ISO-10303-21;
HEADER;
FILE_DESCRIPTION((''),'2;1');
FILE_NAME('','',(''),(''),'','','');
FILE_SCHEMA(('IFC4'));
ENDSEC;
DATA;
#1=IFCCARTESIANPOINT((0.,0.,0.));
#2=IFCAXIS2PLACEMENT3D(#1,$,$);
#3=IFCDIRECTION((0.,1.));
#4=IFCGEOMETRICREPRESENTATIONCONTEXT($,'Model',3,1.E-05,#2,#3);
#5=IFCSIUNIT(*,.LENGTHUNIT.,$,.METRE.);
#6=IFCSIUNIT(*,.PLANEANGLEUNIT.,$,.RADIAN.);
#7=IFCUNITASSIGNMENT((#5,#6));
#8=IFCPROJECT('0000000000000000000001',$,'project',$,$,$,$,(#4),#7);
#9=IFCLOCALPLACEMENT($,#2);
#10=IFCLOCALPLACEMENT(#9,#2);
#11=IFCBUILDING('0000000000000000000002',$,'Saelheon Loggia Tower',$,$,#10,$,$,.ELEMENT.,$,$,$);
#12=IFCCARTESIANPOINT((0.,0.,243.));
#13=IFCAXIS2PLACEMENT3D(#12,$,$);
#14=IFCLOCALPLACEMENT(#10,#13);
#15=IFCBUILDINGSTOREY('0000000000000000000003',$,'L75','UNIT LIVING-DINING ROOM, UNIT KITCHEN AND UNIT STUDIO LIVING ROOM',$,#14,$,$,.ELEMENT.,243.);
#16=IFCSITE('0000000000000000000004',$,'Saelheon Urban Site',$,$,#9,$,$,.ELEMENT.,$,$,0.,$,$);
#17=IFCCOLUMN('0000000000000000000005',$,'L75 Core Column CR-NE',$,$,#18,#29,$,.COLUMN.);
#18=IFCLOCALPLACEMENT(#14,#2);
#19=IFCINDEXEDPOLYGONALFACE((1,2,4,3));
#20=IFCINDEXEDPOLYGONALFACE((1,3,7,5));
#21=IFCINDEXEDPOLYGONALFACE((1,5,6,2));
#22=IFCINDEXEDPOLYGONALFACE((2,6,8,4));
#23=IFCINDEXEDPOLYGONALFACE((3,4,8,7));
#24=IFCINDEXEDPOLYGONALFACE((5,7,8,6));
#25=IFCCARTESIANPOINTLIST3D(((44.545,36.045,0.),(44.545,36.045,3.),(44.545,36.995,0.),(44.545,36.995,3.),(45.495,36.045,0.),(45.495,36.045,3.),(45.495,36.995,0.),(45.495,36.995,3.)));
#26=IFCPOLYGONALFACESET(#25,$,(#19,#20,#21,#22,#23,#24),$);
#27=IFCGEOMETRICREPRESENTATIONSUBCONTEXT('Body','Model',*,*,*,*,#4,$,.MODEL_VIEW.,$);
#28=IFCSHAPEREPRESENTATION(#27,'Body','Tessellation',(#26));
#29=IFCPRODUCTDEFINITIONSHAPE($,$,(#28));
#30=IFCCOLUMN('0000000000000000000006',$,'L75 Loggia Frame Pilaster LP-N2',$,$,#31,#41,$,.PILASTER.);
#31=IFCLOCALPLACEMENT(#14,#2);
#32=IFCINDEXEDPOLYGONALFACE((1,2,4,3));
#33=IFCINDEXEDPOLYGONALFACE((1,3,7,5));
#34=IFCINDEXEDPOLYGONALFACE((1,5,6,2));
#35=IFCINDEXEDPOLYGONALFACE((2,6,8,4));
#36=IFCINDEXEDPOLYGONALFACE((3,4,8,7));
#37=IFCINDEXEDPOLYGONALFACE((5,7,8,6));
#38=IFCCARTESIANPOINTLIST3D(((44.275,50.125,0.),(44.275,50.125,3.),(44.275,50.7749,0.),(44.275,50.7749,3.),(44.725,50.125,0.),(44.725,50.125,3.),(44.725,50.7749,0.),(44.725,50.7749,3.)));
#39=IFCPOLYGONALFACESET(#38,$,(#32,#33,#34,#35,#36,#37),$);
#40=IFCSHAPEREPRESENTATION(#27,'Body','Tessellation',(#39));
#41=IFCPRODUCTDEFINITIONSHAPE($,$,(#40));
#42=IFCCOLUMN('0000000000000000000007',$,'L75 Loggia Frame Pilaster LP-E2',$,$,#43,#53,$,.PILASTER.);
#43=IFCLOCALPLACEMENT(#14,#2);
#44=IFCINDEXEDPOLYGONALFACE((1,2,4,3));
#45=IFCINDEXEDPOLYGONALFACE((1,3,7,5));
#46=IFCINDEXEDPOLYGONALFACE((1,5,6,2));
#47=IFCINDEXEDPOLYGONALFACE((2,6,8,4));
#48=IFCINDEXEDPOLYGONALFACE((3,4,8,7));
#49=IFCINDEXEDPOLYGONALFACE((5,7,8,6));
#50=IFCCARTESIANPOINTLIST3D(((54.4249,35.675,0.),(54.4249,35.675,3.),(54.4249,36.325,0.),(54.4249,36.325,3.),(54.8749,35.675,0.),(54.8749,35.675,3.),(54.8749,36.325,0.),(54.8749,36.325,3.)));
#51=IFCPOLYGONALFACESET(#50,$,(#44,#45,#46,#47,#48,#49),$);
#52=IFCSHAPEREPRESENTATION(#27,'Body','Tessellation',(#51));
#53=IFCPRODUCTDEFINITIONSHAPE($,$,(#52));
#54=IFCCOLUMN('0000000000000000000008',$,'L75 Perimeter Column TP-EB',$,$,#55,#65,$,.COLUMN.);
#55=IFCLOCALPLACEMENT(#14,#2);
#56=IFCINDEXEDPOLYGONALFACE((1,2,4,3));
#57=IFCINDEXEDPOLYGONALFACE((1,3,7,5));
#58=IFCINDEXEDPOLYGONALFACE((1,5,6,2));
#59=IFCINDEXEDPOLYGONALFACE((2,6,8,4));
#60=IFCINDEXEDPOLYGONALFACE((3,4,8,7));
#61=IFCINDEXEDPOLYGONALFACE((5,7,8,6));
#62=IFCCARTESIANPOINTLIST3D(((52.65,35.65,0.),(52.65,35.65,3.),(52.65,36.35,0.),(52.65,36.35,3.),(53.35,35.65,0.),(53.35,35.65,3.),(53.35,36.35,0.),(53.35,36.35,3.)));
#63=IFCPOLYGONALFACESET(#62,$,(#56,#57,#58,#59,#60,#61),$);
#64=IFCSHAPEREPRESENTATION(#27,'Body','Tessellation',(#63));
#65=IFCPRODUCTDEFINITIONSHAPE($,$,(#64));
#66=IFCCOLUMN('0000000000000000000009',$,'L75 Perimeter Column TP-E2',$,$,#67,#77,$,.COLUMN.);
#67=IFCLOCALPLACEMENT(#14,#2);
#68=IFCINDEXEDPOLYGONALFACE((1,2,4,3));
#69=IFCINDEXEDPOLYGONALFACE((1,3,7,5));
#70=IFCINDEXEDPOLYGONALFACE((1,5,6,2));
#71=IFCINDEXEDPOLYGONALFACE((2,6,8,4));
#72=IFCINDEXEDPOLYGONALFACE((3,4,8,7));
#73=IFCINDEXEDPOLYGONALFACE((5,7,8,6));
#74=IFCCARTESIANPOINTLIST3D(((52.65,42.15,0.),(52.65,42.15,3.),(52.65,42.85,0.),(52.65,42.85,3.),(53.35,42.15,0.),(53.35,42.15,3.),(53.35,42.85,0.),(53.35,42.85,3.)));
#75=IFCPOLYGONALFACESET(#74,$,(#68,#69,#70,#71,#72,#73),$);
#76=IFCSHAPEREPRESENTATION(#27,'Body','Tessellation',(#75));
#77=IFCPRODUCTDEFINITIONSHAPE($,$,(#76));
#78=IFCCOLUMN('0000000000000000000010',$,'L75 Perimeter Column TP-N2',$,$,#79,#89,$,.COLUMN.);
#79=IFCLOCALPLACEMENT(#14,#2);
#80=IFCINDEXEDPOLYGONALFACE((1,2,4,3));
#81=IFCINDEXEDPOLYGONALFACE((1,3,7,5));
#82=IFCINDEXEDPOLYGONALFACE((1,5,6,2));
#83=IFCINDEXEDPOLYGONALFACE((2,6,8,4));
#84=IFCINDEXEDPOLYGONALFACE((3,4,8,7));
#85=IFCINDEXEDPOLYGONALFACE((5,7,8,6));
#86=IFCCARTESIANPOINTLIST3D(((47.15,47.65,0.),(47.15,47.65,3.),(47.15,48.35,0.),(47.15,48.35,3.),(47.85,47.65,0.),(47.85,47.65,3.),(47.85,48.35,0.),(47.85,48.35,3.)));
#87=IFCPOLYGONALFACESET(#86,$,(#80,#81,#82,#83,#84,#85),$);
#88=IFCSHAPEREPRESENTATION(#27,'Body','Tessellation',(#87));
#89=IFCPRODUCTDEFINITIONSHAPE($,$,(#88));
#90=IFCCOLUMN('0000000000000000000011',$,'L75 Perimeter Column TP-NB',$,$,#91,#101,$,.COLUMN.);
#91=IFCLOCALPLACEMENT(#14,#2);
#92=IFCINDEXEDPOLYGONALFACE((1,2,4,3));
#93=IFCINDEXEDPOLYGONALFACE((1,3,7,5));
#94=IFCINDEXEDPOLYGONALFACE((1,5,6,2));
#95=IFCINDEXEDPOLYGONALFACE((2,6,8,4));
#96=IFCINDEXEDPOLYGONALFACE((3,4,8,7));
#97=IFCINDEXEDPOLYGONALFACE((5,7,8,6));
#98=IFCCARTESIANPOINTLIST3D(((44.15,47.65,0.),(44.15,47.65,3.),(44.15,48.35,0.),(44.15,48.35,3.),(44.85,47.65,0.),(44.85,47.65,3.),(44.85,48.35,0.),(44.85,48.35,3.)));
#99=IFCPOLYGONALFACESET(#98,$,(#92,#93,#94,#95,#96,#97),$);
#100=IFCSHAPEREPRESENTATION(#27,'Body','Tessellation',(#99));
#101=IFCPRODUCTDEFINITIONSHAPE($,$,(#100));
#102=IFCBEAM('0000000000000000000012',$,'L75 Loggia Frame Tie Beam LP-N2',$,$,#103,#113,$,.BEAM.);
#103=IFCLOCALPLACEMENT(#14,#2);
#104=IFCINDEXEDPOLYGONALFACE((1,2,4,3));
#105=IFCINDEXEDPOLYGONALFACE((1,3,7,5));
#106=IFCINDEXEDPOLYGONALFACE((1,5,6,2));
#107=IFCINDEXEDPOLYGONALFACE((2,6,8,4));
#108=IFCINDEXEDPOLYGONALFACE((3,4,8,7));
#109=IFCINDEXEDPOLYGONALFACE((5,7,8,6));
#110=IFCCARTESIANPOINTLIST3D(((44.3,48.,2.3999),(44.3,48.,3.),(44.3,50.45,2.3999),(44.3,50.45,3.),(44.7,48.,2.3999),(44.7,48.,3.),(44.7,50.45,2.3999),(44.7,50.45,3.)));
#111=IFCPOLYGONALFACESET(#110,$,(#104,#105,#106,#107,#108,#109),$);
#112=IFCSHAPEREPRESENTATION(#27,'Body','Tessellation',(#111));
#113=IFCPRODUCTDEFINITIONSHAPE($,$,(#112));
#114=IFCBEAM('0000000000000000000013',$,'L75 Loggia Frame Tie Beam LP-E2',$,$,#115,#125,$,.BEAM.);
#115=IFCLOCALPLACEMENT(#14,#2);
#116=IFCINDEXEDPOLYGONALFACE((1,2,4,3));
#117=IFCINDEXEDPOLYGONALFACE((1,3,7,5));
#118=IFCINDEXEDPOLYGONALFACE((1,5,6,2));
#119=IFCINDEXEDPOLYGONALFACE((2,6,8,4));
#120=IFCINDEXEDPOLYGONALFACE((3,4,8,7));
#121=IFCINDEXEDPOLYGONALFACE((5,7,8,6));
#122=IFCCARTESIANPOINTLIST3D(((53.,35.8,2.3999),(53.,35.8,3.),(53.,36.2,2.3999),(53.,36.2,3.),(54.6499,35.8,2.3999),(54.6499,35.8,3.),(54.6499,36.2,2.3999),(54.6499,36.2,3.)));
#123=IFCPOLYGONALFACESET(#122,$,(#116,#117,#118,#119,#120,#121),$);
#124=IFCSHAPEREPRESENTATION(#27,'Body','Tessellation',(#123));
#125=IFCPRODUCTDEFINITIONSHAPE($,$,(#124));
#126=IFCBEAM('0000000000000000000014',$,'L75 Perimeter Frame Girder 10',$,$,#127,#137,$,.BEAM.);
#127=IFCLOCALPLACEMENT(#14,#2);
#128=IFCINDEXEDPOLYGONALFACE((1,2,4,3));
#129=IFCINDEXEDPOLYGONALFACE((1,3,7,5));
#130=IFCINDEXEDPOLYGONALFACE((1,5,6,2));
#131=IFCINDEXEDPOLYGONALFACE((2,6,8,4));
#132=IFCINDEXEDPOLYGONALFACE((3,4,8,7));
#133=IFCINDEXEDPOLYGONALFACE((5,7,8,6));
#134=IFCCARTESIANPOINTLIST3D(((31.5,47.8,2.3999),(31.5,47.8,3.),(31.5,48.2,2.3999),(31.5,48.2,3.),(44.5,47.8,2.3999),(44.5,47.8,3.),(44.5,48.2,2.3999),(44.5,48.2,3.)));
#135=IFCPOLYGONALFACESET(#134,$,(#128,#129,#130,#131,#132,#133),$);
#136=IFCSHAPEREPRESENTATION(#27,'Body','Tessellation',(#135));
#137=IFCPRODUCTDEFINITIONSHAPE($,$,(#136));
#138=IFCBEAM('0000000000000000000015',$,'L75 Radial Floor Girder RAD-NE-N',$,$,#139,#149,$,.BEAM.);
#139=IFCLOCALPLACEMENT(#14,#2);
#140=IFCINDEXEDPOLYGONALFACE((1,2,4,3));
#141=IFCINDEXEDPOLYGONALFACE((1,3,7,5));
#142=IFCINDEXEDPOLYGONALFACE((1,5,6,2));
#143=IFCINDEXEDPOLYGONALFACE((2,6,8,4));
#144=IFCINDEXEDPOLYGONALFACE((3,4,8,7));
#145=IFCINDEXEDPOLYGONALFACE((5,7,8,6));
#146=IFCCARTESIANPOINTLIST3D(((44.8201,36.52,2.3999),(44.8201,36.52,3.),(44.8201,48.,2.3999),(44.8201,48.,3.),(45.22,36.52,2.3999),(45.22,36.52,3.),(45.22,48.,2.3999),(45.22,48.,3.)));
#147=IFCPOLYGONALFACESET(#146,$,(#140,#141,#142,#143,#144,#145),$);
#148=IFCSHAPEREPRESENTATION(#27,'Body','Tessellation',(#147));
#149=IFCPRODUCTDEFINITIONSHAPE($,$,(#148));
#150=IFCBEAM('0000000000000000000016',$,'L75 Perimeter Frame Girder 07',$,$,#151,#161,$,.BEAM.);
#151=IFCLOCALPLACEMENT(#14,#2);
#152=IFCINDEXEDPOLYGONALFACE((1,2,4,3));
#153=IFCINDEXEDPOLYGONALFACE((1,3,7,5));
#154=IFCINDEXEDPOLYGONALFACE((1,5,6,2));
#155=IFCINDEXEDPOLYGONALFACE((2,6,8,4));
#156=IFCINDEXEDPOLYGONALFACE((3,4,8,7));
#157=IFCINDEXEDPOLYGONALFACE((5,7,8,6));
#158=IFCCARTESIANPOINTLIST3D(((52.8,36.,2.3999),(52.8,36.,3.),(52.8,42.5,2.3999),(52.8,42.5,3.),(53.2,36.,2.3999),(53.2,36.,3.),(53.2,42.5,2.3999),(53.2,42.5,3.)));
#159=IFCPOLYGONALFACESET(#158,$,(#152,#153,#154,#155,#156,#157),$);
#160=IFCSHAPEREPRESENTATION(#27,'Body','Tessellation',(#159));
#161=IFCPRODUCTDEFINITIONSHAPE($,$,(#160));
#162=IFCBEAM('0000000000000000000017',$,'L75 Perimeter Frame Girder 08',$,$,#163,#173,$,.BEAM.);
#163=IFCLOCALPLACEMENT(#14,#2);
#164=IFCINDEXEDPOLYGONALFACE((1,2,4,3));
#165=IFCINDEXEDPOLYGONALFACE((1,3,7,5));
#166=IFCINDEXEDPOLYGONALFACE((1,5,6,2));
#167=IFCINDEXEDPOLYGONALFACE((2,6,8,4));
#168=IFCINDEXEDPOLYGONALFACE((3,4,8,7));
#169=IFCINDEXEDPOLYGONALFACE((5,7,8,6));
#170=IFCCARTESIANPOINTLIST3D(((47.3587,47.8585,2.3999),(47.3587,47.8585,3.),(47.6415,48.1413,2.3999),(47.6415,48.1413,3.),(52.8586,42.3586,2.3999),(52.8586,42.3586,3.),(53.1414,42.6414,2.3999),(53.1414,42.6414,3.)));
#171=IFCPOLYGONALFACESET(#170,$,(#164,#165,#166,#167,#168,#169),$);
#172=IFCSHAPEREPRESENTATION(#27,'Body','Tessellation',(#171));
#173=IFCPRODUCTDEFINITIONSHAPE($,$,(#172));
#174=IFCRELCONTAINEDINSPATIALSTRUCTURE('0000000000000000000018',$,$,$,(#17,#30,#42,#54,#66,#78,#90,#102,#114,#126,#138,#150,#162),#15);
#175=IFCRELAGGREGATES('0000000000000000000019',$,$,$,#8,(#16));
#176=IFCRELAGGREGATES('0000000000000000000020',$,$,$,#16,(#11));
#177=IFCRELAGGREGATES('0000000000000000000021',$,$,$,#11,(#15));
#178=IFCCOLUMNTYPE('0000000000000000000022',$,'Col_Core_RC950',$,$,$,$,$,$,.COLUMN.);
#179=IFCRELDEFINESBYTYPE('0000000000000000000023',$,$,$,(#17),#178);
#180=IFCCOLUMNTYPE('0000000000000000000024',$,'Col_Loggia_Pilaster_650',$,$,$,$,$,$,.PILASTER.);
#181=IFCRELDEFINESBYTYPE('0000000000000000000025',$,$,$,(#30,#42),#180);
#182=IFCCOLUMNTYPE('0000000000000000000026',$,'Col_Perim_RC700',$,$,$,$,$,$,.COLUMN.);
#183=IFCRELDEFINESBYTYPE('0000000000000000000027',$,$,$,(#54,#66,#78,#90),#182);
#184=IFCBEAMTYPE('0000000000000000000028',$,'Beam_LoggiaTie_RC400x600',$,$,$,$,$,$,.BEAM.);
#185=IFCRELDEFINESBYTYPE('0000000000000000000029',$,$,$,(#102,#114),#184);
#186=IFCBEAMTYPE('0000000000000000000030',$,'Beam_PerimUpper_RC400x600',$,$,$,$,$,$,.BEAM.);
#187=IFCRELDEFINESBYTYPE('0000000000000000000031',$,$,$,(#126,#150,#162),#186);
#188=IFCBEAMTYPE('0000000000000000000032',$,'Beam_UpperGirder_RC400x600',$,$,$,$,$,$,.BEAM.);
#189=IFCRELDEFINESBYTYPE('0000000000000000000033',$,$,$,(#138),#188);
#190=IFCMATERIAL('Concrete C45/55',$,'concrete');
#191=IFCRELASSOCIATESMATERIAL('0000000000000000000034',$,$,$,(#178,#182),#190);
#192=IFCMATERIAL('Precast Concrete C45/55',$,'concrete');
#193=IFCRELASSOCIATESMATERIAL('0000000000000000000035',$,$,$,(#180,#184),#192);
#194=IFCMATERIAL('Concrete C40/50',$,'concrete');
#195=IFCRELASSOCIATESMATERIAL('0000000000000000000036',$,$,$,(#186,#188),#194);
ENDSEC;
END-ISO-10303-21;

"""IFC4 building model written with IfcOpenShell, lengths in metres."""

from ifc_helpers import new_model, si_unit, direction, frame, origin, origin_2d, place, context, subcontext, project, spatial, rectangle, extrude, source, transform, mapped, material, material_profile, profile_set, type_object, element, save


model = new_model("IFC4")

# Units and contexts
model_context = context("Model", 3, precision=1e-05, world=origin(), true_north=direction((0.0, 1.0)))
body_context = subcontext(model_context, "Body", "Model", "MODEL_VIEW")
ifc_project = project(units=[si_unit("LENGTHUNIT", "METRE"), si_unit("PLANEANGLEUNIT", "RADIAN")], contexts=[model_context])

# Site, building, storey
site_placement = place(None, origin())
site = spatial("IfcSite", under=ifc_project, at=site_placement, Name="Saelheon Urban Site", CompositionType="ELEMENT", RefElevation=0.0)
building_placement = place(site_placement, origin())
building = spatial("IfcBuilding", under=site, at=building_placement, Name="Saelheon Loggia Tower", CompositionType="ELEMENT")
storey_placement = place(building_placement, frame((0.0, 0.0, 243.0)))
storey = spatial("IfcBuildingStorey", under=building, at=storey_placement, Name="L75", Description="UNIT LIVING-DINING ROOM, UNIT KITCHEN AND UNIT STUDIO LIVING ROOM", CompositionType="ELEMENT", Elevation=243.0)

# Columns
ifc_material_1 = material(Name="Concrete C45/55", Category="concrete")
ifc_material_profile_1 = material_profile(ifc_material_1, rectangle(XDim=0.95, YDim=0.95, at=origin_2d()), Name="RC-950x950")
ifc_profile_set_1 = profile_set([ifc_material_profile_1], Name="Concrete C45/55")
column_type_1 = type_object("IfcColumnType", Name="Col_Core_RC950", PredefinedType="COLUMN", material=ifc_profile_set_1)
shared_shape_1 = source(origin(), body_context, "Body", "SweptSolid", [
    extrude(rectangle(XDim=0.95, YDim=0.95, at=origin_2d()), origin(), (0.0, 0.0, 1.0), 3.0),
])
column_placement = place(storey_placement, frame((45.02, 36.52, 0.0), z_axis=(0.0, 0.0, 1.0), x_axis=(1.0, 0.0, 0.0)))
element("IfcColumn", 1, at=column_placement, inside=storey, type_object=column_type_1, Name="L75 Core Column CR-NE", PredefinedType="COLUMN", context=body_context, shape_type="MappedRepresentation", body=[
    mapped(shared_shape_1, transform((0.0, 0.0, 0.0), scale=1.0)),
])
ifc_material_2 = material(Name="Precast Concrete C45/55", Category="concrete")
ifc_material_profile_2 = material_profile(ifc_material_2, rectangle(XDim=0.45, YDim=0.6499, at=origin_2d()), Name="RC-450x650")
ifc_profile_set_2 = profile_set([ifc_material_profile_2], Name="Precast Concrete C45/55")
column_type_2 = type_object("IfcColumnType", Name="Col_Loggia_Pilaster_650", PredefinedType="PILASTER", material=ifc_profile_set_2)
shared_shape_2 = source(origin(), body_context, "Body", "SweptSolid", [
    extrude(rectangle(XDim=0.45, YDim=0.6499, at=origin_2d()), origin(), (0.0, 0.0, 1.0), 3.0),
])
for number, where, z_axis, x_axis, name in (
    (2, (44.5, 50.45, 0.0), (0.0, 0.0, 1.0), (1.0, 0.0, 0.0), "L75 Loggia Frame Pilaster LP-N2"),
    (3, (54.6499, 36.0, 0.0), (0.0, 0.0, 1.0), (1.0, 0.0, 0.0), "L75 Loggia Frame Pilaster LP-E2"),
):
    element("IfcColumn", number, at=place(storey_placement, frame(where, z_axis=z_axis, x_axis=x_axis)), inside=storey, type_object=column_type_2, Name=name, PredefinedType="PILASTER", context=body_context, shape_type="MappedRepresentation", body=[
        mapped(shared_shape_2, transform((0.0, 0.0, 0.0), scale=1.0)),
    ])
ifc_material_profile_3 = material_profile(ifc_material_1, rectangle(XDim=0.7, YDim=0.7, at=origin_2d()), Name="RC-700x700")
ifc_profile_set_3 = profile_set([ifc_material_profile_3], Name="Concrete C45/55")
column_type_3 = type_object("IfcColumnType", Name="Col_Perim_RC700", PredefinedType="COLUMN", material=ifc_profile_set_3)
shared_shape_3 = source(origin(), body_context, "Body", "SweptSolid", [
    extrude(rectangle(XDim=0.7, YDim=0.7, at=origin_2d()), origin(), (0.0, 0.0, 1.0), 3.0),
])
for number, where, z_axis, x_axis, name in (
    (4, (53.0, 36.0, 0.0), (0.0, 0.0, 1.0), (1.0, 0.0, 0.0), "L75 Perimeter Column TP-EB"),
    (5, (53.0, 42.5, 0.0), (0.0, 0.0, 1.0), (1.0, 0.0, 0.0), "L75 Perimeter Column TP-E2"),
    (6, (47.5, 48.0, 0.0), (0.0, 0.0, 1.0), (1.0, 0.0, 0.0), "L75 Perimeter Column TP-N2"),
    (7, (44.5, 48.0, 0.0), (0.0, 0.0, 1.0), (1.0, 0.0, 0.0), "L75 Perimeter Column TP-NB"),
):
    element("IfcColumn", number, at=place(storey_placement, frame(where, z_axis=z_axis, x_axis=x_axis)), inside=storey, type_object=column_type_3, Name=name, PredefinedType="COLUMN", context=body_context, shape_type="MappedRepresentation", body=[
        mapped(shared_shape_3, transform((0.0, 0.0, 0.0), scale=1.0)),
    ])

# Beams
ifc_material_profile_4 = material_profile(ifc_material_2, rectangle(XDim=0.3999, YDim=0.6001, at=origin_2d()), Name="RC-400x600")
ifc_profile_set_4 = profile_set([ifc_material_profile_4], Name="Precast Concrete C45/55")
beam_type_1 = type_object("IfcBeamType", Name="Beam_LoggiaTie_RC400x600", PredefinedType="BEAM", material=ifc_profile_set_4)
shared_shape_4 = source(origin(), body_context, "Body", "SweptSolid", [
    extrude(rectangle(XDim=0.3999, YDim=0.6001, at=origin_2d()), origin(), (0.0, 0.0, 1.0), 2.45),
])
beam_1_placement = place(storey_placement, frame((44.5, 48.0, 2.7), z_axis=(0.0, 1.0, 0.0), x_axis=(-1.0, 0.0, 0.0)))
element("IfcBeam", 8, at=beam_1_placement, inside=storey, type_object=beam_type_1, Name="L75 Loggia Frame Tie Beam LP-N2", PredefinedType="BEAM", context=body_context, shape_type="MappedRepresentation", body=[
    mapped(shared_shape_4, transform((0.0, 0.0, 0.0), scale=1.0)),
])
shared_shape_5 = source(origin(), body_context, "Body", "SweptSolid", [
    extrude(rectangle(XDim=0.3999, YDim=0.6001, at=origin_2d()), origin(), (0.0, 0.0, 1.0), 1.6499),
])
beam_2_placement = place(storey_placement, frame((53.0, 36.0, 2.7), z_axis=(1.0, 0.0, 0.0), x_axis=(0.0, 1.0, 0.0)))
element("IfcBeam", 9, at=beam_2_placement, inside=storey, type_object=beam_type_1, Name="L75 Loggia Frame Tie Beam LP-E2", PredefinedType="BEAM", context=body_context, shape_type="MappedRepresentation", body=[
    mapped(shared_shape_5, transform((0.0, 0.0, 0.0), scale=1.0)),
])
ifc_material_3 = material(Name="Concrete C40/50", Category="concrete")
ifc_material_profile_5 = material_profile(ifc_material_3, rectangle(XDim=0.3999, YDim=0.6001, at=origin_2d()), Name="RC-400x600")
ifc_profile_set_5 = profile_set([ifc_material_profile_5], Name="Concrete C40/50")
beam_type_2 = type_object("IfcBeamType", Name="Beam_PerimUpper_RC400x600", PredefinedType="BEAM", material=ifc_profile_set_5)
shared_shape_6 = source(origin(), body_context, "Body", "SweptSolid", [
    extrude(rectangle(XDim=0.3999, YDim=0.6001, at=origin_2d()), origin(), (0.0, 0.0, 1.0), 13.0),
])
beam_3_placement = place(storey_placement, frame((44.5, 48.0, 2.7), z_axis=(-1.0, 0.0, 0.0), x_axis=(0.0, -1.0, 0.0)))
element("IfcBeam", 10, at=beam_3_placement, inside=storey, type_object=beam_type_2, Name="L75 Perimeter Frame Girder 10", PredefinedType="BEAM", context=body_context, shape_type="MappedRepresentation", body=[
    mapped(shared_shape_6, transform((0.0, 0.0, 0.0), scale=1.0)),
])
ifc_material_profile_6 = material_profile(ifc_material_3, rectangle(XDim=0.3999, YDim=0.6001, at=origin_2d()), Name="RC-400x600")
ifc_profile_set_6 = profile_set([ifc_material_profile_6], Name="Concrete C40/50")
beam_type_3 = type_object("IfcBeamType", Name="Beam_UpperGirder_RC400x600", PredefinedType="BEAM", material=ifc_profile_set_6)
shared_shape_7 = source(origin(), body_context, "Body", "SweptSolid", [
    extrude(rectangle(XDim=0.3999, YDim=0.6001, at=origin_2d()), origin(), (0.0, 0.0, 1.0), 11.48),
])
beam_4_placement = place(storey_placement, frame((45.02, 36.52, 2.7), z_axis=(0.0, 1.0, 0.0), x_axis=(-1.0, 0.0, 0.0)))
element("IfcBeam", 11, at=beam_4_placement, inside=storey, type_object=beam_type_3, Name="L75 Radial Floor Girder RAD-NE-N", PredefinedType="BEAM", context=body_context, shape_type="MappedRepresentation", body=[
    mapped(shared_shape_7, transform((0.0, 0.0, 0.0), scale=1.0)),
])
shared_shape_8 = source(origin(), body_context, "Body", "SweptSolid", [
    extrude(rectangle(XDim=0.3999, YDim=0.6001, at=origin_2d()), origin(), (0.0, 0.0, 1.0), 6.5),
])
beam_5_placement = place(storey_placement, frame((53.0, 36.0, 2.7), z_axis=(0.0, 1.0, 0.0), x_axis=(-1.0, 0.0, 0.0)))
element("IfcBeam", 12, at=beam_5_placement, inside=storey, type_object=beam_type_2, Name="L75 Perimeter Frame Girder 07", PredefinedType="BEAM", context=body_context, shape_type="MappedRepresentation", body=[
    mapped(shared_shape_8, transform((0.0, 0.0, 0.0), scale=1.0)),
])
shared_shape_9 = source(origin(), body_context, "Body", "SweptSolid", [
    extrude(rectangle(XDim=0.3999, YDim=0.6001, at=origin_2d()), origin(), (0.0, 0.0, 1.0), 7.7781),
])
beam_6_placement = place(storey_placement, frame((53.0, 42.5, 2.7), z_axis=(-0.707107, 0.707107, 0.0), x_axis=(-0.707107, -0.707107, 0.0)))
element("IfcBeam", 13, at=beam_6_placement, inside=storey, type_object=beam_type_2, Name="L75 Perimeter Frame Girder 08", PredefinedType="BEAM", context=body_context, shape_type="MappedRepresentation", body=[
    mapped(shared_shape_9, transform((0.0, 0.0, 0.0), scale=1.0)),
])

save(model, "model.ifc")
